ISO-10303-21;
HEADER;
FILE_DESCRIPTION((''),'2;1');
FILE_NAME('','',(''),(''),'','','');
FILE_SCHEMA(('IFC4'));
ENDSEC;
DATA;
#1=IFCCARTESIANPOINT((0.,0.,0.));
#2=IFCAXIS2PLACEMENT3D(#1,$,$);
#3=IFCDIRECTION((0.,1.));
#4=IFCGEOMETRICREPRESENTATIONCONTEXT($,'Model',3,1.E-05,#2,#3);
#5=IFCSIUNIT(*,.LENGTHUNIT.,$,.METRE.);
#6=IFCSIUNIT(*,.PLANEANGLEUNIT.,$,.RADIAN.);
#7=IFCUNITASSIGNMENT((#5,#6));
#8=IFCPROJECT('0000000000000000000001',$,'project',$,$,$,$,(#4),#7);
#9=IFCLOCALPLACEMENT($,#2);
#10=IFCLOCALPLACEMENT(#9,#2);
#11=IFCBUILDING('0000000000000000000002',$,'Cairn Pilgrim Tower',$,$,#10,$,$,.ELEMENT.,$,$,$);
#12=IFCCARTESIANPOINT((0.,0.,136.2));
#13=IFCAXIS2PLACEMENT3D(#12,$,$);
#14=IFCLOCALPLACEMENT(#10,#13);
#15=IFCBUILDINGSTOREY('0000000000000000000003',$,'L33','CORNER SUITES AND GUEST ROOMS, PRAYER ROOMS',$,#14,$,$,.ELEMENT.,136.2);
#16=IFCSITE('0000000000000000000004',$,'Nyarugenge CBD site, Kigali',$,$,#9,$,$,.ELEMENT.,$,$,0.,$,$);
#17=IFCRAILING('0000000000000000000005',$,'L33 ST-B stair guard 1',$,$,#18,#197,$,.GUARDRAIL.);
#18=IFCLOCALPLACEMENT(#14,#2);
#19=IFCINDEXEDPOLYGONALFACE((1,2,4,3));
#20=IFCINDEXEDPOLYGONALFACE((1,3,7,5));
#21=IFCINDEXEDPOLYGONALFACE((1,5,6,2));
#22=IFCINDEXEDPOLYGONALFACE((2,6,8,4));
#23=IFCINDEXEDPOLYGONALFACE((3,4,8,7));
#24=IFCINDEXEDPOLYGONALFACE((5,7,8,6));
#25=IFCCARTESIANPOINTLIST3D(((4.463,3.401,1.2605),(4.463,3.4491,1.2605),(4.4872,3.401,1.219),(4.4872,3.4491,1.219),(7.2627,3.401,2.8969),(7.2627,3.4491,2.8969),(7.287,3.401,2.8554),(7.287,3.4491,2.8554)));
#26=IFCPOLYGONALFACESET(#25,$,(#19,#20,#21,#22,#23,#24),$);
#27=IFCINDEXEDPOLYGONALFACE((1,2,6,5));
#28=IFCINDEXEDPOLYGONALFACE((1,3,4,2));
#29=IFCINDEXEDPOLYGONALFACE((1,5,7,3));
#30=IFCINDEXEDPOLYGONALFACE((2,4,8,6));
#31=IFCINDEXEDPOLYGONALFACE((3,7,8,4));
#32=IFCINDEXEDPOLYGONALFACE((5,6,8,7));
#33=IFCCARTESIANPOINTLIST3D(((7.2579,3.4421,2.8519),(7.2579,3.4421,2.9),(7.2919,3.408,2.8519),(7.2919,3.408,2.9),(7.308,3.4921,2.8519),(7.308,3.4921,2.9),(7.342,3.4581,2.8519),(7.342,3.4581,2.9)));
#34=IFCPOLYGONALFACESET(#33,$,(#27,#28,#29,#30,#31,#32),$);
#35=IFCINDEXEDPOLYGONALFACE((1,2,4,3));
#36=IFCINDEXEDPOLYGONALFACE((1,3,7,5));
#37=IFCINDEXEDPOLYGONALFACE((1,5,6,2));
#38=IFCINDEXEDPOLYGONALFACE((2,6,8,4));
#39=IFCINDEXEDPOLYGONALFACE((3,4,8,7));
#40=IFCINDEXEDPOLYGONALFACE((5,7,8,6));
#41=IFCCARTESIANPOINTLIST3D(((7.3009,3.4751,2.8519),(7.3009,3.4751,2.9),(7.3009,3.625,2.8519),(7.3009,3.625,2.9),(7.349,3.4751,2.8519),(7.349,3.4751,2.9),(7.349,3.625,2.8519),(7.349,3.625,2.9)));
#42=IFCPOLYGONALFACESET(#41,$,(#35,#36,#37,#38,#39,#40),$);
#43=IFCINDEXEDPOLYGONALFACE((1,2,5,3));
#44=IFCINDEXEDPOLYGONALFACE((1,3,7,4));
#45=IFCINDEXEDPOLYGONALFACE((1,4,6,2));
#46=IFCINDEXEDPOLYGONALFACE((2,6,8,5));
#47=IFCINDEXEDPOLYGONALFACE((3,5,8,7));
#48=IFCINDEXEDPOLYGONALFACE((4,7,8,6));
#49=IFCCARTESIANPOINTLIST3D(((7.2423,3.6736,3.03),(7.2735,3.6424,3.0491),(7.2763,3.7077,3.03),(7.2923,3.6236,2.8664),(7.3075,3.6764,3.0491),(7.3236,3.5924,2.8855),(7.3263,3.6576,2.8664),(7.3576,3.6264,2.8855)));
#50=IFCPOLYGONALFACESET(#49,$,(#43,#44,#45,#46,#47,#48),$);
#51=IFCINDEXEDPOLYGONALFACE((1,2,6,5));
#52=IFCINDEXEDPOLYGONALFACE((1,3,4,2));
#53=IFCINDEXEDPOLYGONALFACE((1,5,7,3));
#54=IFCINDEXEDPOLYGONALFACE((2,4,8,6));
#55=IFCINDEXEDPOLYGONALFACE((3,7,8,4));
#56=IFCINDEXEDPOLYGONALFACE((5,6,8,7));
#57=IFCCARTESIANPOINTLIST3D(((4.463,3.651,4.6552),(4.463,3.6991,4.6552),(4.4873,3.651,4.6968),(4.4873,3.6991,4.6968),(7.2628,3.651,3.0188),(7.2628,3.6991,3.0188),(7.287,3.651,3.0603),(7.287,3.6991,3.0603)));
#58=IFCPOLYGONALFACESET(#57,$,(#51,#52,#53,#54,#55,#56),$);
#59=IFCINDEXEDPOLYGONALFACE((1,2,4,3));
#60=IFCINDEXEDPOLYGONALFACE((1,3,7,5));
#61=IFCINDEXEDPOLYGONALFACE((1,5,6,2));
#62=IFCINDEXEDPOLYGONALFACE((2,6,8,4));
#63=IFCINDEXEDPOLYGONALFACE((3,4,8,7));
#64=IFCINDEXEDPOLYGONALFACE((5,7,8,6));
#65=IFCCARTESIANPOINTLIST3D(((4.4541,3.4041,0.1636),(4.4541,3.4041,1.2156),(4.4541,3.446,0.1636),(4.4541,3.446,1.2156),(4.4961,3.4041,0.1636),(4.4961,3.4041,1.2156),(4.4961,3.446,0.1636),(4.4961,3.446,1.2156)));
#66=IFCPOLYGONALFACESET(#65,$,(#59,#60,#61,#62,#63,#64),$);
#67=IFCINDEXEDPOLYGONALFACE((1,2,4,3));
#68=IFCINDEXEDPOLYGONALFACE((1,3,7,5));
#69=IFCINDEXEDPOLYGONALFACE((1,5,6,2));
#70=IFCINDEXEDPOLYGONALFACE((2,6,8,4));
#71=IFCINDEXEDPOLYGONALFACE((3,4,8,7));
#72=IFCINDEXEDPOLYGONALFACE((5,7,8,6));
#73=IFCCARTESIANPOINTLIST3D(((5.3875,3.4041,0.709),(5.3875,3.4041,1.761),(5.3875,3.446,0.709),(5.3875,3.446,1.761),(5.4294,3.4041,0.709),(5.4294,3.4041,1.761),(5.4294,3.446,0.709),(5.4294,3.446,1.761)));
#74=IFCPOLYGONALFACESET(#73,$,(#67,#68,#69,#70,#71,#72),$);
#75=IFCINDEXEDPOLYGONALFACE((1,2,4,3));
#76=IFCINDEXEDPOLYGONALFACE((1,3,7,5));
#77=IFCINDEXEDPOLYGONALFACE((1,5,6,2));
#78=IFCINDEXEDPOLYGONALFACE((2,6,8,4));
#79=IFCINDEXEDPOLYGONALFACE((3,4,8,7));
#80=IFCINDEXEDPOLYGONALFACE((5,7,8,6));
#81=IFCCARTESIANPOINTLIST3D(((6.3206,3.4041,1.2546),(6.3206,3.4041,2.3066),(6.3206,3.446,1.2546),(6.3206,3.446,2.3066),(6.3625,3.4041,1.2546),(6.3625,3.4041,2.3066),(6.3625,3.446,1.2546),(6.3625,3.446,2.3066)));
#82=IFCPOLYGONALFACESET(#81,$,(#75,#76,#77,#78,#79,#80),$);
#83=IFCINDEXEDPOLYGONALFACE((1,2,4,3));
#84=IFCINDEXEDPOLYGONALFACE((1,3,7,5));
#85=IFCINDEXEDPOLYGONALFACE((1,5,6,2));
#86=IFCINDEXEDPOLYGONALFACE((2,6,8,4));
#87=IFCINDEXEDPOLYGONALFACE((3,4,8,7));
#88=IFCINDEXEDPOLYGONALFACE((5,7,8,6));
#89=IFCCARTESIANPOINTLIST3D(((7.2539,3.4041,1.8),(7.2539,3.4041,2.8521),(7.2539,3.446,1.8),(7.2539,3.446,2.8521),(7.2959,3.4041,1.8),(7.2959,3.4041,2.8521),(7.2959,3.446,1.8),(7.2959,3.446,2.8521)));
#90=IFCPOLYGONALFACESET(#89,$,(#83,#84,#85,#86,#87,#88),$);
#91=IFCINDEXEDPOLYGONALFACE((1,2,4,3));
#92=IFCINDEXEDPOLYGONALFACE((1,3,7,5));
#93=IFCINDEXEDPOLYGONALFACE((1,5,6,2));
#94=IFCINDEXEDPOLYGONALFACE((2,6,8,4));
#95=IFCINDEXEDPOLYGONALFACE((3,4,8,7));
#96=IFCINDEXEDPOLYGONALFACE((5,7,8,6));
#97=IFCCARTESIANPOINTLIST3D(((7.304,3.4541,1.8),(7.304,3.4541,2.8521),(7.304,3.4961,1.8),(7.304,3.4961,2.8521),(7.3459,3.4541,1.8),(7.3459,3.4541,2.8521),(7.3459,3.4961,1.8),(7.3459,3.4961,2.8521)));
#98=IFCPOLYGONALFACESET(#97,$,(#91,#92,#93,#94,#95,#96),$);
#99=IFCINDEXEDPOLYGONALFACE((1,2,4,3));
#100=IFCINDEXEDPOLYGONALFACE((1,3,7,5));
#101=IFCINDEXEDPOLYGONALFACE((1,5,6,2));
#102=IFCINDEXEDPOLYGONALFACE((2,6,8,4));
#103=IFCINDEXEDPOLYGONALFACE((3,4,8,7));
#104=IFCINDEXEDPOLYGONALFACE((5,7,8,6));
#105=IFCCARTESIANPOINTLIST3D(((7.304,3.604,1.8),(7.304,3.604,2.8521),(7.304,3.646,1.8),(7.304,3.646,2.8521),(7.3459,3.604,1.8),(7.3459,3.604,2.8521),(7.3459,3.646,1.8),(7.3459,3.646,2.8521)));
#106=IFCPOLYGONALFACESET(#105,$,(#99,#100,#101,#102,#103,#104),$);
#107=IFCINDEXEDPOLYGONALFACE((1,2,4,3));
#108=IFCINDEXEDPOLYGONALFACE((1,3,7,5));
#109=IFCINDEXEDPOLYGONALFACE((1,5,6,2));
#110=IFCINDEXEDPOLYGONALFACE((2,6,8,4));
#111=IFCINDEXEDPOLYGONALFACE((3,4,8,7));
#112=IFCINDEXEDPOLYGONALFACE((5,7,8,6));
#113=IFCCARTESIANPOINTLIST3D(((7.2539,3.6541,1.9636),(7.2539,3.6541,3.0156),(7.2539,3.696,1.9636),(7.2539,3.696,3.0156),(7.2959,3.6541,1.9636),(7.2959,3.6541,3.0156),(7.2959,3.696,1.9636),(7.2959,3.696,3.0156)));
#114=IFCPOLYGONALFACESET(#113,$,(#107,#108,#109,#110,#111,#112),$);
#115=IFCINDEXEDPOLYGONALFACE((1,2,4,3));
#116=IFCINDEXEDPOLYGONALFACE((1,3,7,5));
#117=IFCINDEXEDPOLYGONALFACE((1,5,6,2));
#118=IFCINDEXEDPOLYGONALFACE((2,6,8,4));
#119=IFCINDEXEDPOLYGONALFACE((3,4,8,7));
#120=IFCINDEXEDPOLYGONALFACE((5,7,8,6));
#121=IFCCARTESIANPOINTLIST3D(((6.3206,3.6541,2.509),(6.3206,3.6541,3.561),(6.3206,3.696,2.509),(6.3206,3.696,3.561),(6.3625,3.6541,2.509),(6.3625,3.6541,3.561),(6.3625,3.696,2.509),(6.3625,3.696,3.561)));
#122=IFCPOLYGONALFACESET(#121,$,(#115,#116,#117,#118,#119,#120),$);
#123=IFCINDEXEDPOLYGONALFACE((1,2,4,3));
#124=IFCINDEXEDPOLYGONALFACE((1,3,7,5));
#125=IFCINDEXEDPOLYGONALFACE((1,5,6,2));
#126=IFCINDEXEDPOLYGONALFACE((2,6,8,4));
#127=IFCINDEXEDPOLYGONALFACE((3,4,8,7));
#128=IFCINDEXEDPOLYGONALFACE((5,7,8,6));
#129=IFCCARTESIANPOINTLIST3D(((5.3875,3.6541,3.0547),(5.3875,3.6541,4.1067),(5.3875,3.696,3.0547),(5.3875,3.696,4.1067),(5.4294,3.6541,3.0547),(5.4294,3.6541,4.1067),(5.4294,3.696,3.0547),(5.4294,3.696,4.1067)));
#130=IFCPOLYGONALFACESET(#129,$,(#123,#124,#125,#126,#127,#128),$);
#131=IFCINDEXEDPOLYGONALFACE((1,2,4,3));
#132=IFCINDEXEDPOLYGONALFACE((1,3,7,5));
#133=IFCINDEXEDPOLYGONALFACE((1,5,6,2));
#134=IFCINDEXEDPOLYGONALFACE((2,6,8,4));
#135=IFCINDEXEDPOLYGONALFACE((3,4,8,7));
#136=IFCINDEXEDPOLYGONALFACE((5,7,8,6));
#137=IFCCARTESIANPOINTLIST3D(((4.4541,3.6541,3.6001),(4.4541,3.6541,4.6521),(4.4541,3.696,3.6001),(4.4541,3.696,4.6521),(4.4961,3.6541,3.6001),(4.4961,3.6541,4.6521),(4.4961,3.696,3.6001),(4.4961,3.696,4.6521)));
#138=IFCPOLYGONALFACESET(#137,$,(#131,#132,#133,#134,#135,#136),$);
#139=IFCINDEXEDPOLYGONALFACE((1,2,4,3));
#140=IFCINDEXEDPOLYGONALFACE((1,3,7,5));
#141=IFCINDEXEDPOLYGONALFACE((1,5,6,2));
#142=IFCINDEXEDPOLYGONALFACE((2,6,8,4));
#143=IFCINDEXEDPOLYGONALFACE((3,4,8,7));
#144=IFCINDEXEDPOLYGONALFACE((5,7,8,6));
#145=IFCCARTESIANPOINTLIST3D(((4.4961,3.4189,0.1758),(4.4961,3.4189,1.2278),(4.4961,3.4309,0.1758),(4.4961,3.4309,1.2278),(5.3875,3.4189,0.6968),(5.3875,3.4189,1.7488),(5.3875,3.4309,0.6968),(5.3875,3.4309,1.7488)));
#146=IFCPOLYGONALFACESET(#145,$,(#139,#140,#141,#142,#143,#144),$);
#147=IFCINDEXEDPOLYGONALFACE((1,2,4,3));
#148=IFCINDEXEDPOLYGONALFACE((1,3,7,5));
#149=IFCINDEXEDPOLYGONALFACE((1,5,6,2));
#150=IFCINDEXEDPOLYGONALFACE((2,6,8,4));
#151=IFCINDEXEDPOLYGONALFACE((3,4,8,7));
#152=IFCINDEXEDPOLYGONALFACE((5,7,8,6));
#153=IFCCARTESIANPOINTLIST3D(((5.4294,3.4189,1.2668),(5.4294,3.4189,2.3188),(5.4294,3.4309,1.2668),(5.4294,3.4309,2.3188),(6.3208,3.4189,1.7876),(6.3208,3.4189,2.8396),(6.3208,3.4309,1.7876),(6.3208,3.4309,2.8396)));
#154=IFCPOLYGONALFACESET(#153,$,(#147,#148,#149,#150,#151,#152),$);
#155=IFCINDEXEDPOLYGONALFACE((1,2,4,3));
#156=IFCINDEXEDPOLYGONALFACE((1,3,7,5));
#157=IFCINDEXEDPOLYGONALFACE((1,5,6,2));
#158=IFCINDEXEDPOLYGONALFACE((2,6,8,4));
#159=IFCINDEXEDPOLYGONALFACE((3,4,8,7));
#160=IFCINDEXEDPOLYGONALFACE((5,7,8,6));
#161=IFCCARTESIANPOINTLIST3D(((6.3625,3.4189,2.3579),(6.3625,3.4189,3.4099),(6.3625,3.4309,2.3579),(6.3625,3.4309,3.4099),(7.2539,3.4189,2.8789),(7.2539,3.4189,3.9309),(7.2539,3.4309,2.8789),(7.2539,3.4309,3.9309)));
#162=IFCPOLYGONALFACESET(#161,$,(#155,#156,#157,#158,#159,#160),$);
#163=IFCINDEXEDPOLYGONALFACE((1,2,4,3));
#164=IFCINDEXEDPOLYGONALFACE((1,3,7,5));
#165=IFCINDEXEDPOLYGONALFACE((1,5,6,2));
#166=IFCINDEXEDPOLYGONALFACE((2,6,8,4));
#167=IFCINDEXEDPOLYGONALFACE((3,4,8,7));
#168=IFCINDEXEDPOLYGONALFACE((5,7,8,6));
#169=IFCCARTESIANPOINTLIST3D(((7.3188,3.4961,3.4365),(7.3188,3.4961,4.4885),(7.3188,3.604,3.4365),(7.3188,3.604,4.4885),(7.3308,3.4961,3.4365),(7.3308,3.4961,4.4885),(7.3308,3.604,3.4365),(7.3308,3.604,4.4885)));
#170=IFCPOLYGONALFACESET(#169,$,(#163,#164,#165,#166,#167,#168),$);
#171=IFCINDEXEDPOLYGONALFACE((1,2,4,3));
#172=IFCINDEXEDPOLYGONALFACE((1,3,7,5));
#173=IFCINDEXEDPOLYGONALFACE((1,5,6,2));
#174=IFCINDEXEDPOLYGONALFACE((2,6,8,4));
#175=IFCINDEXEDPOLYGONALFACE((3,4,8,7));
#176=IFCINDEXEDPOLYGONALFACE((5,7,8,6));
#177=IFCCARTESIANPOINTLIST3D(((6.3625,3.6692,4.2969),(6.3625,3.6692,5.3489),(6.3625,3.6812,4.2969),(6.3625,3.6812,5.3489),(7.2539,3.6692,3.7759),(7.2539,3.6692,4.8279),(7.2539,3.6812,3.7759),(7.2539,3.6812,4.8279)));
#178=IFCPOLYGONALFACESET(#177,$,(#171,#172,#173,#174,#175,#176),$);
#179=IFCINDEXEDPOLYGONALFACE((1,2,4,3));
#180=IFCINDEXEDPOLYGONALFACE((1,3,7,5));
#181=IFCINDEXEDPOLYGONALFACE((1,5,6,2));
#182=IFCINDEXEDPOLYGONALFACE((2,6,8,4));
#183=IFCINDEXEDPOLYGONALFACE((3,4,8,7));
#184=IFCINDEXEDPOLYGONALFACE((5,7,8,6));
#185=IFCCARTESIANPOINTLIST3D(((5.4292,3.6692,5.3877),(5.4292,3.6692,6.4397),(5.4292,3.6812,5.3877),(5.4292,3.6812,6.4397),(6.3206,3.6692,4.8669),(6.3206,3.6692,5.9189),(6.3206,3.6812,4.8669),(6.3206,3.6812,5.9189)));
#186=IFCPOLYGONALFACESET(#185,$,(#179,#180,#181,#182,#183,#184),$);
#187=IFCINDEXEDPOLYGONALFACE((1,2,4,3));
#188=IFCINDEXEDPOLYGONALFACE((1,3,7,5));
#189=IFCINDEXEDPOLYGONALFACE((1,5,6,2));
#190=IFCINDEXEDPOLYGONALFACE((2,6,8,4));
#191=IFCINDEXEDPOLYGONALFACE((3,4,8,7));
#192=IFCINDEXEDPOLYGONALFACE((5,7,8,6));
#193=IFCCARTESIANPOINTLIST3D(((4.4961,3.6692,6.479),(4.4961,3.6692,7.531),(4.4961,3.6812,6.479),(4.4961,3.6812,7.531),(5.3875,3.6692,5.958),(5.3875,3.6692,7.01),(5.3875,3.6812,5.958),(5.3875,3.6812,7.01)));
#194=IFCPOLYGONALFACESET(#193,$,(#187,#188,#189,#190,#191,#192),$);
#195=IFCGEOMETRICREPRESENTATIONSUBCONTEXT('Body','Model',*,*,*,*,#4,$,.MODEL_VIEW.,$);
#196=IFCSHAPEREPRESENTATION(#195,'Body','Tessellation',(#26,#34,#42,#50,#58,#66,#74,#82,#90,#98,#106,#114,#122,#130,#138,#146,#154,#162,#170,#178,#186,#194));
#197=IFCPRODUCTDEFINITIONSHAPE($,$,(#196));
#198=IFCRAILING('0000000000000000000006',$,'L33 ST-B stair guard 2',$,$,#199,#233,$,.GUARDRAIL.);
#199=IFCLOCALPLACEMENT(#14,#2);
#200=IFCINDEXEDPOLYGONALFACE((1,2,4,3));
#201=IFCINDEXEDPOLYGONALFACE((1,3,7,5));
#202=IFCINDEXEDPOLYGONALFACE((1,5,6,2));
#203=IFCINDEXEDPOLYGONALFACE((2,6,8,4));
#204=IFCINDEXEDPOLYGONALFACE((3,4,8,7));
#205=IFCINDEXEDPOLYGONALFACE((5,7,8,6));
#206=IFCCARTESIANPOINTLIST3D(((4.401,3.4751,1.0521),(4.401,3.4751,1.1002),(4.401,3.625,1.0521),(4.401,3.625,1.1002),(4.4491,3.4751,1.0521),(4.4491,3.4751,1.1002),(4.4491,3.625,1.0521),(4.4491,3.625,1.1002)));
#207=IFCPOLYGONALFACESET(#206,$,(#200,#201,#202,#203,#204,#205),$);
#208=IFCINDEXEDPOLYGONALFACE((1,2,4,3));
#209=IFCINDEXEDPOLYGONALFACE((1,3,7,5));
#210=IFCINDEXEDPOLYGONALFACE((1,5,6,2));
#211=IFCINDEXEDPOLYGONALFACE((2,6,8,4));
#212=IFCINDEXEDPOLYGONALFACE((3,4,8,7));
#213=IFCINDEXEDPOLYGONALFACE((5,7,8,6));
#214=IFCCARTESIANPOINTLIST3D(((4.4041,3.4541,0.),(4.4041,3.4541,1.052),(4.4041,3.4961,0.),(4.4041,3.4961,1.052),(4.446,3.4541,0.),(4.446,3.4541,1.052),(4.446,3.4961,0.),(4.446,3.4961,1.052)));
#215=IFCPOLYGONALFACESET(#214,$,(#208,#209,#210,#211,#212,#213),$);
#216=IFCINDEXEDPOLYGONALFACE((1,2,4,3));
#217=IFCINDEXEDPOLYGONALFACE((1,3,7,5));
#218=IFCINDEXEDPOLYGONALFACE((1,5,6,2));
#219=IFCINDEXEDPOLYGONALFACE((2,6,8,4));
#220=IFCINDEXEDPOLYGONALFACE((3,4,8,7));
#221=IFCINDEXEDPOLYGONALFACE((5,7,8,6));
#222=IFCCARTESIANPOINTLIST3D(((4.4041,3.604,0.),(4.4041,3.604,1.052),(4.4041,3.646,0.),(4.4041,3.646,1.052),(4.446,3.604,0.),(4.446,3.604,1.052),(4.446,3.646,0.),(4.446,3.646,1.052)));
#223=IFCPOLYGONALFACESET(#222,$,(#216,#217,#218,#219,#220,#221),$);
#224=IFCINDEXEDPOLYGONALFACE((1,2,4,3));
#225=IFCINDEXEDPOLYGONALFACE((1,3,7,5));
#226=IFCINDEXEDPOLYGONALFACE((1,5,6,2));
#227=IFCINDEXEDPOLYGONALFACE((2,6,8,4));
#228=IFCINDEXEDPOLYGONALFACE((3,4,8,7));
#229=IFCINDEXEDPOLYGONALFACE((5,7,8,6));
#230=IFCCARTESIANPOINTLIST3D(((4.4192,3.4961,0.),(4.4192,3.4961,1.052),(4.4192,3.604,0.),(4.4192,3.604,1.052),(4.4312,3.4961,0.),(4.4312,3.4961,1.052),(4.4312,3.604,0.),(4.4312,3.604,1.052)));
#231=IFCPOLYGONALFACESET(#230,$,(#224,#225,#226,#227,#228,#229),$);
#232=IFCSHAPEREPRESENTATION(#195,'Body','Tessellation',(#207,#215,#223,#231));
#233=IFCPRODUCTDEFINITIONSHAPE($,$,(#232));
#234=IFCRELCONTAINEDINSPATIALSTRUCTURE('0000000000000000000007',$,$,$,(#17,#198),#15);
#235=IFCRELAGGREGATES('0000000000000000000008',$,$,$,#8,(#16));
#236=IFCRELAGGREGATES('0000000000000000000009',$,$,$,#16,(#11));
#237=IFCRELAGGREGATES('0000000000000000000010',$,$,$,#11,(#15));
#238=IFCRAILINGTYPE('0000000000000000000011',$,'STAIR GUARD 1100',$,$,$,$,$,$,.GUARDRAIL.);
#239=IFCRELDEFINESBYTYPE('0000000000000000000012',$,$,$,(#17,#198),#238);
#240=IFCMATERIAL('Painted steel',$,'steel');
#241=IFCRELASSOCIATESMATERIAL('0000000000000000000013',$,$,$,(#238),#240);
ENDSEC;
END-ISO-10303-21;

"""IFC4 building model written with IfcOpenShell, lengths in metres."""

from ifc_helpers import new_model, si_unit, direction, frame, origin, origin_2d, place, context, subcontext, project, spatial, polyline, rectangle, outline, extrude, material, type_object, element, save


model = new_model("IFC4")

# Units and contexts
model_context = context("Model", 3, precision=1e-05, world=origin(), true_north=direction((0.0, 1.0)))
body_context = subcontext(model_context, "Body", "Model", "MODEL_VIEW")
ifc_project = project(units=[si_unit("LENGTHUNIT", "METRE"), si_unit("PLANEANGLEUNIT", "RADIAN")], contexts=[model_context])

# Site, building, storey
site_placement = place(None, origin())
site = spatial("IfcSite", under=ifc_project, at=site_placement, Name="Nyarugenge CBD site, Kigali", CompositionType="ELEMENT", RefElevation=0.0)
building_placement = place(site_placement, origin())
building = spatial("IfcBuilding", under=site, at=building_placement, Name="Cairn Pilgrim Tower", CompositionType="ELEMENT")
storey_placement = place(building_placement, frame((0.0, 0.0, 136.2)))
storey = spatial("IfcBuildingStorey", under=building, at=storey_placement, Name="L33", Description="CORNER SUITES AND GUEST ROOMS, PRAYER ROOMS", CompositionType="ELEMENT", Elevation=136.2)

# Shared definitions
ifc_material_1 = material(Name="Painted steel", Category="steel")

# Railings
railing_type_1 = type_object("IfcRailingType", Name="STAIR GUARD 1100", PredefinedType="GUARDRAIL", material=ifc_material_1)
railing_1_placement = place(storey_placement, frame((4.4751, 3.425, 0.1636)))
element("IfcRailing", 1, at=railing_1_placement, inside=storey, type_object=railing_type_1, Name="L33 ST-B stair guard 1", PredefinedType="GUARDRAIL", context=body_context, shape_type="SweptSolid", body=[
    extrude(rectangle(XDim=0.0481, YDim=0.0481, at=origin_2d()), frame((0.0, 0.0, 1.0762), z_axis=(0.863342, 0.0, 0.50462), x_axis=(0.0, 1.0, 0.0)), (0.0, 0.0, 1.0), 3.2429),
    extrude(rectangle(XDim=0.0481, YDim=0.0481, at=origin_2d()), frame((2.7998, 0.0, 2.7124), z_axis=(0.707107, 0.707107, 0.0), x_axis=(-0.707107, 0.707107, 0.0)), (0.0, 0.0, 1.0), 0.0708),
    extrude(rectangle(XDim=0.0481, YDim=0.0481, at=origin_2d()), frame((2.8499, 0.05, 2.7124), z_axis=(0.0, 1.0, 0.0), x_axis=(-1.0, 0.0, 0.0)), (0.0, 0.0, 1.0), 0.1499),
    extrude(rectangle(XDim=0.0481, YDim=0.0481, at=origin_2d()), frame((2.8499, 0.2, 2.7124), z_axis=(-0.280809, 0.280809, 0.917765), x_axis=(-0.707107, -0.707107, 0.0)), (0.0, 0.0, 1.0), 0.1782),
    extrude(rectangle(XDim=0.0481, YDim=0.0481, at=origin_2d()), frame((2.7998, 0.25, 2.876), z_axis=(-0.863342, 0.0, 0.50462), x_axis=(0.0, -1.0, 0.0)), (0.0, 0.0, 1.0), 3.2429),
    extrude(rectangle(XDim=0.042, YDim=0.042, at=origin_2d()), origin(), (0.0, 0.0, 1.0), 1.052),
    extrude(rectangle(XDim=0.042, YDim=0.042, at=origin_2d()), frame((0.9333, 0.0, 0.5454)), (0.0, 0.0, 1.0), 1.052),
    extrude(rectangle(XDim=0.042, YDim=0.042, at=origin_2d()), frame((1.8665, 0.0, 1.0911)), (0.0, 0.0, 1.0), 1.052),
    extrude(rectangle(XDim=0.042, YDim=0.042, at=origin_2d()), frame((2.7998, 0.0, 1.6365)), (0.0, 0.0, 1.0), 1.052),
    extrude(rectangle(XDim=0.042, YDim=0.042, at=origin_2d()), frame((2.8499, 0.05, 1.6365)), (0.0, 0.0, 1.0), 1.052),
    extrude(rectangle(XDim=0.042, YDim=0.042, at=origin_2d()), frame((2.8499, 0.2, 1.6365)), (0.0, 0.0, 1.0), 1.052),
    extrude(rectangle(XDim=0.042, YDim=0.042, at=origin_2d()), frame((2.7998, 0.25, 1.8)), (0.0, 0.0, 1.0), 1.052),
    extrude(rectangle(XDim=0.042, YDim=0.042, at=origin_2d()), frame((1.8665, 0.25, 2.3455)), (0.0, 0.0, 1.0), 1.052),
    extrude(rectangle(XDim=0.042, YDim=0.042, at=origin_2d()), frame((0.9333, 0.25, 2.8911)), (0.0, 0.0, 1.0), 1.052),
    extrude(rectangle(XDim=0.042, YDim=0.042, at=origin_2d()), frame((0.0, 0.25, 3.4365)), (0.0, 0.0, 1.0), 1.052),
    extrude(outline(polyline([(0.021, 0.0122), (0.9124, 0.5332), (0.9124, 1.5852), (0.021, 1.0642), (0.021, 0.0122)])), frame((0.0, 0.0059, 0.0), z_axis=(0.0, -1.0, 0.0), x_axis=(1.0, 0.0, 0.0)), (0.0, 0.0, 1.0), 0.012),
    extrude(outline(polyline([(0.021, 0.5579), (0.9124, 1.0786), (0.9124, 2.1306), (0.021, 1.6099), (0.021, 0.5579)])), frame((0.9333, 0.0059, 0.5454), z_axis=(0.0, -1.0, 0.0), x_axis=(1.0, 0.0, 0.0)), (0.0, 0.0, 1.0), 0.012),
    extrude(outline(polyline([(0.021, 1.1033), (0.9124, 1.6243), (0.9124, 2.6763), (0.021, 2.1553), (0.021, 1.1033)])), frame((1.8665, 0.0059, 1.0911), z_axis=(0.0, -1.0, 0.0), x_axis=(1.0, 0.0, 0.0)), (0.0, 0.0, 1.0), 0.012),
    extrude(outline(polyline([(0.021, 1.6365), (0.1289, 1.6365), (0.1289, 2.6885), (0.021, 2.6885), (0.021, 1.6365)])), frame((2.8438, 0.05, 1.6365), z_axis=(1.0, 0.0, 0.0), x_axis=(0.0, 1.0, 0.0)), (0.0, 0.0, 1.0), 0.012),
    extrude(outline(polyline([(0.021, 1.8123), (0.9124, 2.3333), (0.9124, 3.3853), (0.021, 2.8643), (0.021, 1.8123)])), frame((2.7998, 0.2441, 1.8), z_axis=(0.0, 1.0, 0.0), x_axis=(-1.0, 0.0, 0.0)), (0.0, 0.0, 1.0), 0.012),
    extrude(outline(polyline([(0.021, 2.3579), (0.9124, 2.8787), (0.9124, 3.9307), (0.021, 3.4099), (0.021, 2.3579)])), frame((1.8665, 0.2441, 2.3455), z_axis=(0.0, 1.0, 0.0), x_axis=(-1.0, 0.0, 0.0)), (0.0, 0.0, 1.0), 0.012),
    extrude(outline(polyline([(0.021, 2.9033), (0.9124, 3.4243), (0.9124, 4.4763), (0.021, 3.9553), (0.021, 2.9033)])), frame((0.9333, 0.2441, 2.8911), z_axis=(0.0, 1.0, 0.0), x_axis=(-1.0, 0.0, 0.0)), (0.0, 0.0, 1.0), 0.012),
])
railing_2_placement = place(storey_placement, frame((4.425, 3.4751, 0.0)))
element("IfcRailing", 2, at=railing_2_placement, inside=storey, type_object=railing_type_1, Name="L33 ST-B stair guard 2", PredefinedType="GUARDRAIL", context=body_context, shape_type="SweptSolid", body=[
    extrude(rectangle(XDim=0.0481, YDim=0.0481, at=origin_2d()), frame((0.0, 0.0, 1.0762), z_axis=(0.0, 1.0, 0.0), x_axis=(-1.0, 0.0, 0.0)), (0.0, 0.0, 1.0), 0.1499),
    extrude(rectangle(XDim=0.042, YDim=0.042, at=origin_2d()), origin(), (0.0, 0.0, 1.0), 1.052),
    extrude(rectangle(XDim=0.042, YDim=0.042, at=origin_2d()), frame((0.0, 0.1499, 0.0)), (0.0, 0.0, 1.0), 1.052),
    extrude(outline(polyline([(0.021, 0.0), (0.1289, 0.0), (0.1289, 1.052), (0.021, 1.052), (0.021, 0.0)])), frame((-0.0059, 0.0, 0.0), z_axis=(1.0, 0.0, 0.0), x_axis=(0.0, 1.0, 0.0)), (0.0, 0.0, 1.0), 0.012),
])

save(model, "model.ifc")
